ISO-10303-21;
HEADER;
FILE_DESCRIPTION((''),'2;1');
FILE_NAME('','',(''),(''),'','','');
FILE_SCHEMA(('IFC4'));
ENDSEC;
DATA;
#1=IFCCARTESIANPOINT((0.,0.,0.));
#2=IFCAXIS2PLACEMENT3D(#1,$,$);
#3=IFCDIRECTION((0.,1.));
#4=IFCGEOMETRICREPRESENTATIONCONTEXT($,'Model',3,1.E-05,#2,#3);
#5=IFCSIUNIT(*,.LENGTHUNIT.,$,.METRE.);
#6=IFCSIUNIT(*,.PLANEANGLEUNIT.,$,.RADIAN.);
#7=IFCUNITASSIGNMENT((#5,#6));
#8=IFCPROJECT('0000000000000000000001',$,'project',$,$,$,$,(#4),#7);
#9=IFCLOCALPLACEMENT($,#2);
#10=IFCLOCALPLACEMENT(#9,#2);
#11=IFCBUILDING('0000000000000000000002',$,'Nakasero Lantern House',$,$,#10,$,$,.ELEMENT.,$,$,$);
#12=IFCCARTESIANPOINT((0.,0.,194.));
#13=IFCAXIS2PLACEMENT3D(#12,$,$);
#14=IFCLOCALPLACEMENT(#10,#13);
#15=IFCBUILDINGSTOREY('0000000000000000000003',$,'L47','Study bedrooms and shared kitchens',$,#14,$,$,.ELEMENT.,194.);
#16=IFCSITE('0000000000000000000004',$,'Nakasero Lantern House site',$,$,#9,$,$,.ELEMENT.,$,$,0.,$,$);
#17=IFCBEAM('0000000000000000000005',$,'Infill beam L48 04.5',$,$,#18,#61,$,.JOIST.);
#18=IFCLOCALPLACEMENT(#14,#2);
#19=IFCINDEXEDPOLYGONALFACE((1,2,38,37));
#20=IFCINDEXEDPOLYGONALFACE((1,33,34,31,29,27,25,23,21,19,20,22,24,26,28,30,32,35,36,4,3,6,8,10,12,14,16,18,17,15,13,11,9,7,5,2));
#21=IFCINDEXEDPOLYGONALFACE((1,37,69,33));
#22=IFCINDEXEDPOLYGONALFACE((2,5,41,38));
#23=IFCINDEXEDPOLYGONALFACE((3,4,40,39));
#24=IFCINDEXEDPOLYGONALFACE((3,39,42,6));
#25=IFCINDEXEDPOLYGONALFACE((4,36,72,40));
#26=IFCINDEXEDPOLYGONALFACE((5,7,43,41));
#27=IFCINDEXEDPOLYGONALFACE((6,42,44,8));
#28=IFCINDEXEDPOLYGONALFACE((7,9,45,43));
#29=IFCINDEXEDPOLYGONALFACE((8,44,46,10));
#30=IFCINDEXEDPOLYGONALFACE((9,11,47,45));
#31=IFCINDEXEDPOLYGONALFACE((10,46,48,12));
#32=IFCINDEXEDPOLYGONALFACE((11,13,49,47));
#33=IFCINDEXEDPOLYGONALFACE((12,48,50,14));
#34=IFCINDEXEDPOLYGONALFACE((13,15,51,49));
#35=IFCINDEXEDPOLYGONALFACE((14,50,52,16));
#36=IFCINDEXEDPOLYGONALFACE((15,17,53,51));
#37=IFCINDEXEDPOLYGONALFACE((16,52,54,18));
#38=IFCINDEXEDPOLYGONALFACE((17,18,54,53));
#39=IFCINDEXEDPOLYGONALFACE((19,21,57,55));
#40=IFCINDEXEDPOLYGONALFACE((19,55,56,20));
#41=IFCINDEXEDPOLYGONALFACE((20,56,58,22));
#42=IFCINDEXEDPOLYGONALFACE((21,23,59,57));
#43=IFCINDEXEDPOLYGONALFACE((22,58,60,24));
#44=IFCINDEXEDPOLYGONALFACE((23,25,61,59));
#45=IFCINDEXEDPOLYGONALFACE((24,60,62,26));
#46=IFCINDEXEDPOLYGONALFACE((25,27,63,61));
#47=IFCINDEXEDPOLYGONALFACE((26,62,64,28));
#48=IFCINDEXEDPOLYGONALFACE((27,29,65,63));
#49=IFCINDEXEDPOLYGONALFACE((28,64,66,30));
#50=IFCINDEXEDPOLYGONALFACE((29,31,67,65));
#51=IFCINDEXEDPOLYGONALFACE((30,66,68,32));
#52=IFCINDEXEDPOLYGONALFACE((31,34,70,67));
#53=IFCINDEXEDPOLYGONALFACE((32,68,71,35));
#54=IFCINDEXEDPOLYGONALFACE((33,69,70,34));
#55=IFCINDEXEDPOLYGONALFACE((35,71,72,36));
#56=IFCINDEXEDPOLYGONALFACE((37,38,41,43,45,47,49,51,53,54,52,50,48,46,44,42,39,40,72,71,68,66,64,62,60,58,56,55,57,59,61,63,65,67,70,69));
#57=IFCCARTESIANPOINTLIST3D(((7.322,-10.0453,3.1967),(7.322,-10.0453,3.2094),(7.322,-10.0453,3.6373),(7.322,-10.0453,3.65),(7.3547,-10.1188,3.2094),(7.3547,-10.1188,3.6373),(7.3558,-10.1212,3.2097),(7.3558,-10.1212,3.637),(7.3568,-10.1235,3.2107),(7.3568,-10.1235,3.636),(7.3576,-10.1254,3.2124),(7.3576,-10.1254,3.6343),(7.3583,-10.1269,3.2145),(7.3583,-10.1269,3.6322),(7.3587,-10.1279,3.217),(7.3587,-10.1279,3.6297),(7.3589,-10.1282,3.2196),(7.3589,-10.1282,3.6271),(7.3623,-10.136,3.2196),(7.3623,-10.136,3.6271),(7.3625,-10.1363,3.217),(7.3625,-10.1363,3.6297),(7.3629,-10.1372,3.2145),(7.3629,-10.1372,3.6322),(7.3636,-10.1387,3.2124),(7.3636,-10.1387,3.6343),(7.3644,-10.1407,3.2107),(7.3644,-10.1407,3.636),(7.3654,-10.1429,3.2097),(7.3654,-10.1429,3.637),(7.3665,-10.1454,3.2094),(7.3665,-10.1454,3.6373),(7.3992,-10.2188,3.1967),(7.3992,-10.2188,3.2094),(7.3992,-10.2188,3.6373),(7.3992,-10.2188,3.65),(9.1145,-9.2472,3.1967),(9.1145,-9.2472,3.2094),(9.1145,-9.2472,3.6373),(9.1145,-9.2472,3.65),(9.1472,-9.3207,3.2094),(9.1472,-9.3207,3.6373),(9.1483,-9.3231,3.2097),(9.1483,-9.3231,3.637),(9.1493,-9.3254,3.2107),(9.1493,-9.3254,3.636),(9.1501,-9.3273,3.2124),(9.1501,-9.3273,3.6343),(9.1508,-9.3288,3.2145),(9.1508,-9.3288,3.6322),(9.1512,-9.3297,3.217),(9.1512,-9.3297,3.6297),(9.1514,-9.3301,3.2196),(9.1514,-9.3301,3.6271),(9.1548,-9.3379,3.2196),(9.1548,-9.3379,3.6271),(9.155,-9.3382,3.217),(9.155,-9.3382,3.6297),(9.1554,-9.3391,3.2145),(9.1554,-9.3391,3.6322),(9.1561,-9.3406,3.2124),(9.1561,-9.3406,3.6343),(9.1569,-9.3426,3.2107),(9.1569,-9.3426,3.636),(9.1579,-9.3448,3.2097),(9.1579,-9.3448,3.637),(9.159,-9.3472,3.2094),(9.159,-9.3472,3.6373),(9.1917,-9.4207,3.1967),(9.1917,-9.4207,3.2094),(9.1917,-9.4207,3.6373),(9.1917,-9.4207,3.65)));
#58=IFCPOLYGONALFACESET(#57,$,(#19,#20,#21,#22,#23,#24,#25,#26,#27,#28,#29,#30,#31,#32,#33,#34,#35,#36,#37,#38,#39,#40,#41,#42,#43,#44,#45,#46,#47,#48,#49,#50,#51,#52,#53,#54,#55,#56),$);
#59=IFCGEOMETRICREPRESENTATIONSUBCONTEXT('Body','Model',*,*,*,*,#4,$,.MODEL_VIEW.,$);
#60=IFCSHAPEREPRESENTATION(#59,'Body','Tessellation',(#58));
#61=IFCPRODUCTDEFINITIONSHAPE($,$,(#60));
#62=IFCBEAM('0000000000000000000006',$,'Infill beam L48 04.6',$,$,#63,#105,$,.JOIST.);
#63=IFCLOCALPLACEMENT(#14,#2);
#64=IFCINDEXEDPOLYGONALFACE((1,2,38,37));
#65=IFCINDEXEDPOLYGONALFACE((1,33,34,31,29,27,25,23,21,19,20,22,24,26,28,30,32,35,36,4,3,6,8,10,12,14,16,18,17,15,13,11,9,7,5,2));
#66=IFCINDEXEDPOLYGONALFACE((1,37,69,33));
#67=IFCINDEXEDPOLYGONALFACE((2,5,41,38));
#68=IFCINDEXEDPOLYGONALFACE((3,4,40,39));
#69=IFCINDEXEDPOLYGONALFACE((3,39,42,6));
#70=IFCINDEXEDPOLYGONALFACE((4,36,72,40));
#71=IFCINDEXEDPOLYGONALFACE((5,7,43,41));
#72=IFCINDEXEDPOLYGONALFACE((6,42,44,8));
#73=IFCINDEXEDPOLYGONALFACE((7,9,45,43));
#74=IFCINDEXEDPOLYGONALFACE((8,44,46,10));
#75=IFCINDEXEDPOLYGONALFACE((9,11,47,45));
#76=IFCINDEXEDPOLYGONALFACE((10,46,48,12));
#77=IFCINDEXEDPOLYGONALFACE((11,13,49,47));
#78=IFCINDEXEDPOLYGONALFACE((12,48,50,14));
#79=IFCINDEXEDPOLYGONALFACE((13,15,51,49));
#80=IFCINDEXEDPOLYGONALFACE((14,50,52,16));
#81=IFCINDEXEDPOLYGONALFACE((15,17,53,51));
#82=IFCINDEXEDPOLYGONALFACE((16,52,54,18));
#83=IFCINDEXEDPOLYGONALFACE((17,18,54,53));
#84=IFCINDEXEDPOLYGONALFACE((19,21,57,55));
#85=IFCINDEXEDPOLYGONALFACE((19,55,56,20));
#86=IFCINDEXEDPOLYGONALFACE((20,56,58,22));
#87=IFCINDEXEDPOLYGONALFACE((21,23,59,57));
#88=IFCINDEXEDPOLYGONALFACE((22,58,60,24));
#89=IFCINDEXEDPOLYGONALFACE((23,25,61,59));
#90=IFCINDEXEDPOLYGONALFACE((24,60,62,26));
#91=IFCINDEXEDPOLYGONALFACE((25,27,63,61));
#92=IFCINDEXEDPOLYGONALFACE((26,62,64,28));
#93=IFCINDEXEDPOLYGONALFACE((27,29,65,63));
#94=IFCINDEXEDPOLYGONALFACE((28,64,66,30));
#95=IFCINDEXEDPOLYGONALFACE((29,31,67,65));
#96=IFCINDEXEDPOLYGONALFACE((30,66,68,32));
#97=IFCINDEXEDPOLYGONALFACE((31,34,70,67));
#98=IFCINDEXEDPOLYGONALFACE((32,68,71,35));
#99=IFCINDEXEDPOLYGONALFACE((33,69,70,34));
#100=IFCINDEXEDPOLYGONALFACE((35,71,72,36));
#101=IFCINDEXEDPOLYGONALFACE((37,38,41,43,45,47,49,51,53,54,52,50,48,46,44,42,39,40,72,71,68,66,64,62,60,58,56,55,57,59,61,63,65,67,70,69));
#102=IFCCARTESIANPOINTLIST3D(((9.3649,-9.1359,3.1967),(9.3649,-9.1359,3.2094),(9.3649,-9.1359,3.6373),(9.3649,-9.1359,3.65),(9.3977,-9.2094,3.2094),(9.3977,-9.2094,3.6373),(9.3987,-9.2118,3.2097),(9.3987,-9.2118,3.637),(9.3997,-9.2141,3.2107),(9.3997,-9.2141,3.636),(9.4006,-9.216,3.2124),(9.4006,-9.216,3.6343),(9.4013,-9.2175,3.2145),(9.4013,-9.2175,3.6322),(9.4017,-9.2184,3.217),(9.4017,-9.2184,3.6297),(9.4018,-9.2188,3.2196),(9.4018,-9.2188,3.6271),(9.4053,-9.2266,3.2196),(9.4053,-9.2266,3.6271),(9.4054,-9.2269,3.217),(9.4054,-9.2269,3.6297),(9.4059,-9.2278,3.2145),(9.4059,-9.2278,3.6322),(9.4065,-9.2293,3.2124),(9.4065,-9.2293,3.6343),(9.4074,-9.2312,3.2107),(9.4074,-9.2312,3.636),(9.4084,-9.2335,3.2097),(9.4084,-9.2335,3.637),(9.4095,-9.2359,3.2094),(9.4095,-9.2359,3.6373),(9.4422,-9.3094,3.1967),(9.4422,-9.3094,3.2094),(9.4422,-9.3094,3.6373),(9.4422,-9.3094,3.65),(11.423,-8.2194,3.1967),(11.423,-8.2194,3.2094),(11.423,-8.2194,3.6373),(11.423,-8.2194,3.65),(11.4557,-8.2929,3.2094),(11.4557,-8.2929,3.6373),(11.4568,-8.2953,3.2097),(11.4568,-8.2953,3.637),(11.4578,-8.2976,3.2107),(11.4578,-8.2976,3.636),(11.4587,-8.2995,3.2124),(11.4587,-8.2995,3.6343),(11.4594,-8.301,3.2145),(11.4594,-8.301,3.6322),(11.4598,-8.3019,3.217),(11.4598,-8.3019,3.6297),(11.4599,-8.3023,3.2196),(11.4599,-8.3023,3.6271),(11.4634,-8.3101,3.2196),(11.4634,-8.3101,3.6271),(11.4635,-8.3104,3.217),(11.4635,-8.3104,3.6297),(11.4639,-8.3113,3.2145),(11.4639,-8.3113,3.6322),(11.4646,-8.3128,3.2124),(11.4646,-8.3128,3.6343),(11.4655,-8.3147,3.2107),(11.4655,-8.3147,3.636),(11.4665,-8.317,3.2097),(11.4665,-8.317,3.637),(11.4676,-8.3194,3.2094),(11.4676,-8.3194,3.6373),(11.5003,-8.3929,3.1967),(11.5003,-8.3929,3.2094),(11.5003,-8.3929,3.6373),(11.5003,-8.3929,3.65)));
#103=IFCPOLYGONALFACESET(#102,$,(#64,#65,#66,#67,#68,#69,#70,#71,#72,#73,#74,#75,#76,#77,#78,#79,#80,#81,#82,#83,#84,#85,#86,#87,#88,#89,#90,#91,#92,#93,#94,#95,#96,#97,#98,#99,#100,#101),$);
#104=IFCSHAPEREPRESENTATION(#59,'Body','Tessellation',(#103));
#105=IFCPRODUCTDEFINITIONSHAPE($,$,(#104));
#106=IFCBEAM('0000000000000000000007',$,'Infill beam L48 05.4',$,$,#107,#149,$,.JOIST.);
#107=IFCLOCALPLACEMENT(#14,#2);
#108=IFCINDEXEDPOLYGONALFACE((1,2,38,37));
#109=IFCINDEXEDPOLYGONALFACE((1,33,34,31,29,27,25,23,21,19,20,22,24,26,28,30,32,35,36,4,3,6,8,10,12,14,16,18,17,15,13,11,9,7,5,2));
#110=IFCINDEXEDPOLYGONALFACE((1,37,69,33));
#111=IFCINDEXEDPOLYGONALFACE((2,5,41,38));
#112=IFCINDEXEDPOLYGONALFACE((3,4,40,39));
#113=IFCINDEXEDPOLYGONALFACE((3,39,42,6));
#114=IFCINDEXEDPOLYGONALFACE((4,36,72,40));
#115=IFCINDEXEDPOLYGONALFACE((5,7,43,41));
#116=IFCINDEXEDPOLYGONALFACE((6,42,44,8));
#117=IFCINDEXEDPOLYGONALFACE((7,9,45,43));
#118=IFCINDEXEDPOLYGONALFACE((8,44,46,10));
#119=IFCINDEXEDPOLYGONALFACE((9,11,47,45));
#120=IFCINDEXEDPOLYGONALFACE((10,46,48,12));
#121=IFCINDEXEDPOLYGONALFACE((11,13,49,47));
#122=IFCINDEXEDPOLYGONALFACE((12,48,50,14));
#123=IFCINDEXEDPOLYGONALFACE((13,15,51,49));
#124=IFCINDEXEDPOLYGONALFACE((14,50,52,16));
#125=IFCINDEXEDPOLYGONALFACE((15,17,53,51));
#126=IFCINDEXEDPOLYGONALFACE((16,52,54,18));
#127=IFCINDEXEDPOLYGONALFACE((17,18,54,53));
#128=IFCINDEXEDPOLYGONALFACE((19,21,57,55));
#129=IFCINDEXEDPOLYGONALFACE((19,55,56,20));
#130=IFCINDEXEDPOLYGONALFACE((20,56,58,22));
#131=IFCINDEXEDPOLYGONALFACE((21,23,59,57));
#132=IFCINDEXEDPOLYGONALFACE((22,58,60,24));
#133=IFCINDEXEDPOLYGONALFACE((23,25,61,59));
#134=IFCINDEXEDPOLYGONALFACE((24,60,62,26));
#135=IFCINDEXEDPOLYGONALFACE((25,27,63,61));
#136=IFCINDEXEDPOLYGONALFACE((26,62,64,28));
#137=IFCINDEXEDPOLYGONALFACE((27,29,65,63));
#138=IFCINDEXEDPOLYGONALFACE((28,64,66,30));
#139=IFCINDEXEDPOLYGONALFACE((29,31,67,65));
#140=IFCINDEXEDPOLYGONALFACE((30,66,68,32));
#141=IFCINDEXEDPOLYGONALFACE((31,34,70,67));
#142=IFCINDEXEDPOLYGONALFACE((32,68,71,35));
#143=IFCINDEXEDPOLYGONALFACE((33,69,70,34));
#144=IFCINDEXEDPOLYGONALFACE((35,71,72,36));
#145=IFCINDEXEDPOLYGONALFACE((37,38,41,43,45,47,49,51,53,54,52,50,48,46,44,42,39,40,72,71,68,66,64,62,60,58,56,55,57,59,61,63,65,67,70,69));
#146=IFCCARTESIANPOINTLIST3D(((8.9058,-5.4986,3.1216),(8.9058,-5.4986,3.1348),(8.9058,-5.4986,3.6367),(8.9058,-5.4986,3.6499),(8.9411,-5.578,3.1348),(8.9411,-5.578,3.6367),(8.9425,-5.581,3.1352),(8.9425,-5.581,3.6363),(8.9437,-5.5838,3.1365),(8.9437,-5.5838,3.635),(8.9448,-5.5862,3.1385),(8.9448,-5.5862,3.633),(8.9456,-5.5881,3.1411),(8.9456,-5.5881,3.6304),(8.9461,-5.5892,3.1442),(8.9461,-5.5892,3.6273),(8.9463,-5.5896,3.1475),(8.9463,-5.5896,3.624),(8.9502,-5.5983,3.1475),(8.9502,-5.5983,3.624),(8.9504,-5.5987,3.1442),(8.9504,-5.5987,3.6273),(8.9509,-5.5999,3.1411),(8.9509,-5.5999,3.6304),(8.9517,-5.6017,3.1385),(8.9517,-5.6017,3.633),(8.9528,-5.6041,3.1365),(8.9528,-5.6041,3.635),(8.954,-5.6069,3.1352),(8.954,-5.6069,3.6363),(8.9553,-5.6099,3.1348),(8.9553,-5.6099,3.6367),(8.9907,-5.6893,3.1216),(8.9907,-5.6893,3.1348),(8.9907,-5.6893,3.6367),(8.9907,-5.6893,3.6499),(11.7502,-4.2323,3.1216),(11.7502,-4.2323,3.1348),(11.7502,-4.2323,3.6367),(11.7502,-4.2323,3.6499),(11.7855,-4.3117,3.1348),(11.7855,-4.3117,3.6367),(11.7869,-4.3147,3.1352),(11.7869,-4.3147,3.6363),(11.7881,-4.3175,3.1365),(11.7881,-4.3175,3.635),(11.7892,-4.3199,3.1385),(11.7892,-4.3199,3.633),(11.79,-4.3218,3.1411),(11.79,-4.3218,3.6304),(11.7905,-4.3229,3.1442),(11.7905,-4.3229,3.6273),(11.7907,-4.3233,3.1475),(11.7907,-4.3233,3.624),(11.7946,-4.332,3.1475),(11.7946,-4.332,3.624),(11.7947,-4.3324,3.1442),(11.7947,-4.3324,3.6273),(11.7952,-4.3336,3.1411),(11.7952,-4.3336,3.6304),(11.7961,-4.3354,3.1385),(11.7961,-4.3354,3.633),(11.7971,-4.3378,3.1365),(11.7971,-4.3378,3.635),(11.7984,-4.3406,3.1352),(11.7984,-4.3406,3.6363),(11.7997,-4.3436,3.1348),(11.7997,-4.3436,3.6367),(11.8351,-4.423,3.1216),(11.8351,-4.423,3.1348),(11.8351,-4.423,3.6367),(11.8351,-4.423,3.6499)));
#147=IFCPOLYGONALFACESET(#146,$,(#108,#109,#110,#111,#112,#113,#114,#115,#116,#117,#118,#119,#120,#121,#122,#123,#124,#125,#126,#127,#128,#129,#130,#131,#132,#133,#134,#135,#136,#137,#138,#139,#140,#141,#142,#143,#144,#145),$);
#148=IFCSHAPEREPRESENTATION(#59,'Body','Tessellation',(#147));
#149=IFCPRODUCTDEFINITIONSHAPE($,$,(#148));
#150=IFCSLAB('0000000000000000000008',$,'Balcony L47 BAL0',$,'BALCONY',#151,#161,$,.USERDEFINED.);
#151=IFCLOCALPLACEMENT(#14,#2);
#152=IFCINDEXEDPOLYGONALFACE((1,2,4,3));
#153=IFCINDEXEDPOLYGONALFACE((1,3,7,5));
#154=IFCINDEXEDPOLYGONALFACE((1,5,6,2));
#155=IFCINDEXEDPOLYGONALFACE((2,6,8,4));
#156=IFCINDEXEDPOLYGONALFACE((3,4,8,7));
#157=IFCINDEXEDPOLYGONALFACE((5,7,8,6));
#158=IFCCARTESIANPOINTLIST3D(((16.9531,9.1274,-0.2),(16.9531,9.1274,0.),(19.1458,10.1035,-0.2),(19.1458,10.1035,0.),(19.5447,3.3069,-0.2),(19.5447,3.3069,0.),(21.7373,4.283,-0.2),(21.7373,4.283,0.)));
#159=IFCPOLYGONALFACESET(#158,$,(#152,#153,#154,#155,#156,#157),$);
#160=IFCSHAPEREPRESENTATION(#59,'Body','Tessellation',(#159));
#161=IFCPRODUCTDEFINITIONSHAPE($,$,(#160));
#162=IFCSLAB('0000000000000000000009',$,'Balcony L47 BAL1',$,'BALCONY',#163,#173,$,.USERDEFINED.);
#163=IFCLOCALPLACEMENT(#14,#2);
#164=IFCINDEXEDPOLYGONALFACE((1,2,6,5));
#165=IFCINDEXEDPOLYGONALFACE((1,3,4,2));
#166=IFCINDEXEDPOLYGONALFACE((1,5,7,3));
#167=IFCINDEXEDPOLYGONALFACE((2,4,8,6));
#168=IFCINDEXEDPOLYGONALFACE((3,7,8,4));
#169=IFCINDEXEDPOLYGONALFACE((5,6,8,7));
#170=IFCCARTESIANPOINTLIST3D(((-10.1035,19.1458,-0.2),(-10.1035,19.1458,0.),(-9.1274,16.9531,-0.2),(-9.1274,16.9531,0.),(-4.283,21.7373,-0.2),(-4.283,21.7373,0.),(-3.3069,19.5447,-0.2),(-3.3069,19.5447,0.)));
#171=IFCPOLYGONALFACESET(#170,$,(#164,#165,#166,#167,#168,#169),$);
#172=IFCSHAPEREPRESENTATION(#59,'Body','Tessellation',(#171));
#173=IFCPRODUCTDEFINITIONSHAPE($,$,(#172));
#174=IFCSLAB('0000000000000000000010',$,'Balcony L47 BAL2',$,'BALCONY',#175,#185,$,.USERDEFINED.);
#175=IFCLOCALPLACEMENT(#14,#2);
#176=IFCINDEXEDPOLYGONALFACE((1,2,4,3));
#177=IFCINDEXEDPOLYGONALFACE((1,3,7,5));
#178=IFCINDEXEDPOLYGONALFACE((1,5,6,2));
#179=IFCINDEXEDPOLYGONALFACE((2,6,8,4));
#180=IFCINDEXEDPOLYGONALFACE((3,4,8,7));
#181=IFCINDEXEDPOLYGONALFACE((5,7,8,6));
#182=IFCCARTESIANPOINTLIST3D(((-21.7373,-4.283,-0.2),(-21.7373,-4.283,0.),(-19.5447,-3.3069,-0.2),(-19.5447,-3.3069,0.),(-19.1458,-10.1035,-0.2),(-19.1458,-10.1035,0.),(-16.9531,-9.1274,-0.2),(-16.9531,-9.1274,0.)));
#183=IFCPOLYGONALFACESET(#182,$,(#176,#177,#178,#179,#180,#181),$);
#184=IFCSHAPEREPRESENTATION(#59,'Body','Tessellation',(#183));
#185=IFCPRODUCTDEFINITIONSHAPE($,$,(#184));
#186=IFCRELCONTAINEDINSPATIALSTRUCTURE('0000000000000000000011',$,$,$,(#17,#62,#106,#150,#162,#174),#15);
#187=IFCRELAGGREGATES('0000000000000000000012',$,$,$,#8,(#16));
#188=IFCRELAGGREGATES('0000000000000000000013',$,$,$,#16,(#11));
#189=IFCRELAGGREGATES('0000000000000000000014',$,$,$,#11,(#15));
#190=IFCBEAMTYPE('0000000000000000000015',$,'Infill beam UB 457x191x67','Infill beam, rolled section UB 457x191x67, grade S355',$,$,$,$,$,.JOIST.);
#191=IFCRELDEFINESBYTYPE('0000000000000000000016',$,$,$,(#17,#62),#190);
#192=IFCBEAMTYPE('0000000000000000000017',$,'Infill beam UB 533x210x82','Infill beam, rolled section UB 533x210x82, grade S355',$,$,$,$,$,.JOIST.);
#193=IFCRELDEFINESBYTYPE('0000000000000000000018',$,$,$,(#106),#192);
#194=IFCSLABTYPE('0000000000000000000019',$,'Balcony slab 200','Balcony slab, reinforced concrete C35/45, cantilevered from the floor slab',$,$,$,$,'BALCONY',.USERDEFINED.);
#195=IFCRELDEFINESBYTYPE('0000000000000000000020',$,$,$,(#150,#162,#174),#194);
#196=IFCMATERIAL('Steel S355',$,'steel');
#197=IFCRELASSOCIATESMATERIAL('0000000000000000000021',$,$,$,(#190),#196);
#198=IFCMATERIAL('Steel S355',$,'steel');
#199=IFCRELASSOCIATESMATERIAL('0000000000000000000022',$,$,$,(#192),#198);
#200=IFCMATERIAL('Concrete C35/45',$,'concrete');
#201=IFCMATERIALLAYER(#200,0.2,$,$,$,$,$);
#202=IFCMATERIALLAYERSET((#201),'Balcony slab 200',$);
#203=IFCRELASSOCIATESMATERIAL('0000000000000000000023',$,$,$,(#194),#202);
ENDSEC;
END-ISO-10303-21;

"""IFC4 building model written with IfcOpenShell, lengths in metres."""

from ifc_helpers import new_model, si_unit, direction, frame, origin, origin_2d, place, context, subcontext, project, spatial, polyline, i_section, outline, extrude, material, layer, layer_set, material_profile, profile_set, type_object, element, save


model = new_model("IFC4")

# Units and contexts
model_context = context("Model", 3, precision=1e-05, world=origin(), true_north=direction((0.0, 1.0)))
body_context = subcontext(model_context, "Body", "Model", "MODEL_VIEW")
ifc_project = project(units=[si_unit("LENGTHUNIT", "METRE"), si_unit("PLANEANGLEUNIT", "RADIAN")], contexts=[model_context])

# Site, building, storey
site_placement = place(None, origin())
site = spatial("IfcSite", under=ifc_project, at=site_placement, Name="Nakasero Lantern House site", CompositionType="ELEMENT", RefElevation=0.0)
building_placement = place(site_placement, origin())
building = spatial("IfcBuilding", under=site, at=building_placement, Name="Nakasero Lantern House", CompositionType="ELEMENT")
storey_placement = place(building_placement, frame((0.0, 0.0, 194.0)))
storey = spatial("IfcBuildingStorey", under=building, at=storey_placement, Name="L47", Description="Study bedrooms and shared kitchens", CompositionType="ELEMENT", Elevation=194.0)

# Beams
ifc_material_1 = material(Name="Steel S355", Category="steel")
ifc_material_profile_1 = material_profile(ifc_material_1, i_section(OverallWidth=0.1899, OverallDepth=0.4534, WebThickness=0.0085, FlangeThickness=0.0127, FilletRadius=0.0103, at=origin_2d()), Name="UB 457x191x67")
ifc_profile_set_1 = profile_set([ifc_material_profile_1], Name="Steel S355")
beam_type_1 = type_object("IfcBeamType", Name="Infill beam UB 457x191x67", Description="Infill beam, rolled section UB 457x191x67, grade S355", PredefinedType="JOIST", material=ifc_profile_set_1)
beam_1_placement = place(storey_placement, frame((7.3606, -10.1321, 3.4233), z_axis=(0.913539, 0.40675, 0.0), x_axis=(-0.40675, 0.913539, 0.0)))
element("IfcBeam", 1, at=beam_1_placement, inside=storey, type_object=beam_type_1, Name="Infill beam L48 04.5", PredefinedType="JOIST", context=body_context, shape_type="SweptSolid", body=[
    extrude(i_section(OverallWidth=0.1899, OverallDepth=0.4534, WebThickness=0.0085, FlangeThickness=0.0127, FilletRadius=0.0103, at=origin_2d()), origin(), (0.0, 0.0, 1.0), 1.9622),
])
beam_2_placement = place(storey_placement, frame((9.4036, -9.2227, 3.4233), z_axis=(0.913516, 0.406802, 0.0), x_axis=(-0.406802, 0.913516, 0.0)))
element("IfcBeam", 2, at=beam_2_placement, inside=storey, type_object=beam_type_1, Name="Infill beam L48 04.6", PredefinedType="JOIST", context=body_context, shape_type="SweptSolid", body=[
    extrude(i_section(OverallWidth=0.1899, OverallDepth=0.4534, WebThickness=0.0085, FlangeThickness=0.0127, FilletRadius=0.0103, at=origin_2d()), origin(), (0.0, 0.0, 1.0), 2.2529),
])
ifc_material_2 = material(Name="Steel S355", Category="steel")
ifc_material_profile_2 = material_profile(ifc_material_2, i_section(OverallWidth=0.2087, OverallDepth=0.5283, WebThickness=0.0095, FlangeThickness=0.0132, FilletRadius=0.0127, at=origin_2d()), Name="UB 533x210x82")
ifc_profile_set_2 = profile_set([ifc_material_profile_2], Name="Steel S355")
beam_type_2 = type_object("IfcBeamType", Name="Infill beam UB 533x210x82", Description="Infill beam, rolled section UB 533x210x82, grade S355", PredefinedType="JOIST", material=ifc_profile_set_2)
beam_3_placement = place(storey_placement, frame((8.9482, -5.594, 3.3857), z_axis=(0.913556, 0.406713, 0.0), x_axis=(-0.406713, 0.913556, 0.0)))
element("IfcBeam", 3, at=beam_3_placement, inside=storey, type_object=beam_type_2, Name="Infill beam L48 05.4", PredefinedType="JOIST", context=body_context, shape_type="SweptSolid", body=[
    extrude(i_section(OverallWidth=0.2087, OverallDepth=0.5283, WebThickness=0.0095, FlangeThickness=0.0132, FilletRadius=0.0127, at=origin_2d()), origin(), (0.0, 0.0, 1.0), 3.1135),
])

# Slabs
ifc_material_3 = material(Name="Concrete C35/45", Category="concrete")
ifc_layer_1 = layer(ifc_material_3, 0.2)
ifc_layer_set_1 = layer_set([ifc_layer_1], Name="Balcony slab 200")
slab_type_1 = type_object("IfcSlabType", Name="Balcony slab 200", Description="Balcony slab, reinforced concrete C35/45, cantilevered from the floor slab", ElementType="BALCONY", PredefinedType="USERDEFINED", material=ifc_layer_set_1)
slab_1_placement = place(storey_placement, frame((0.0, 0.0, -0.2)))
element("IfcSlab", 4, at=slab_1_placement, inside=storey, type_object=slab_type_1, Name="Balcony L47 BAL0", ObjectType="BALCONY", PredefinedType="USERDEFINED", context=body_context, shape_type="SweptSolid", body=[
    extrude(outline(polyline([(19.5447, 3.3069), (21.7373, 4.283), (19.1458, 10.1035), (16.9531, 9.1274), (19.5447, 3.3069)])), origin(), (0.0, 0.0, 1.0), 0.2),
])
slab_2_placement = place(storey_placement, frame((0.0, 0.0, -0.2)))
element("IfcSlab", 5, at=slab_2_placement, inside=storey, type_object=slab_type_1, Name="Balcony L47 BAL1", ObjectType="BALCONY", PredefinedType="USERDEFINED", context=body_context, shape_type="SweptSolid", body=[
    extrude(outline(polyline([(-3.3069, 19.5447), (-4.283, 21.7373), (-10.1035, 19.1458), (-9.1274, 16.9531), (-3.3069, 19.5447)])), origin(), (0.0, 0.0, 1.0), 0.2),
])
slab_3_placement = place(storey_placement, frame((0.0, 0.0, -0.2)))
element("IfcSlab", 6, at=slab_3_placement, inside=storey, type_object=slab_type_1, Name="Balcony L47 BAL2", ObjectType="BALCONY", PredefinedType="USERDEFINED", context=body_context, shape_type="SweptSolid", body=[
    extrude(outline(polyline([(-19.5447, -3.3069), (-21.7373, -4.283), (-19.1458, -10.1035), (-16.9531, -9.1274), (-19.5447, -3.3069)])), origin(), (0.0, 0.0, 1.0), 0.2),
])

save(model, "model.ifc")
